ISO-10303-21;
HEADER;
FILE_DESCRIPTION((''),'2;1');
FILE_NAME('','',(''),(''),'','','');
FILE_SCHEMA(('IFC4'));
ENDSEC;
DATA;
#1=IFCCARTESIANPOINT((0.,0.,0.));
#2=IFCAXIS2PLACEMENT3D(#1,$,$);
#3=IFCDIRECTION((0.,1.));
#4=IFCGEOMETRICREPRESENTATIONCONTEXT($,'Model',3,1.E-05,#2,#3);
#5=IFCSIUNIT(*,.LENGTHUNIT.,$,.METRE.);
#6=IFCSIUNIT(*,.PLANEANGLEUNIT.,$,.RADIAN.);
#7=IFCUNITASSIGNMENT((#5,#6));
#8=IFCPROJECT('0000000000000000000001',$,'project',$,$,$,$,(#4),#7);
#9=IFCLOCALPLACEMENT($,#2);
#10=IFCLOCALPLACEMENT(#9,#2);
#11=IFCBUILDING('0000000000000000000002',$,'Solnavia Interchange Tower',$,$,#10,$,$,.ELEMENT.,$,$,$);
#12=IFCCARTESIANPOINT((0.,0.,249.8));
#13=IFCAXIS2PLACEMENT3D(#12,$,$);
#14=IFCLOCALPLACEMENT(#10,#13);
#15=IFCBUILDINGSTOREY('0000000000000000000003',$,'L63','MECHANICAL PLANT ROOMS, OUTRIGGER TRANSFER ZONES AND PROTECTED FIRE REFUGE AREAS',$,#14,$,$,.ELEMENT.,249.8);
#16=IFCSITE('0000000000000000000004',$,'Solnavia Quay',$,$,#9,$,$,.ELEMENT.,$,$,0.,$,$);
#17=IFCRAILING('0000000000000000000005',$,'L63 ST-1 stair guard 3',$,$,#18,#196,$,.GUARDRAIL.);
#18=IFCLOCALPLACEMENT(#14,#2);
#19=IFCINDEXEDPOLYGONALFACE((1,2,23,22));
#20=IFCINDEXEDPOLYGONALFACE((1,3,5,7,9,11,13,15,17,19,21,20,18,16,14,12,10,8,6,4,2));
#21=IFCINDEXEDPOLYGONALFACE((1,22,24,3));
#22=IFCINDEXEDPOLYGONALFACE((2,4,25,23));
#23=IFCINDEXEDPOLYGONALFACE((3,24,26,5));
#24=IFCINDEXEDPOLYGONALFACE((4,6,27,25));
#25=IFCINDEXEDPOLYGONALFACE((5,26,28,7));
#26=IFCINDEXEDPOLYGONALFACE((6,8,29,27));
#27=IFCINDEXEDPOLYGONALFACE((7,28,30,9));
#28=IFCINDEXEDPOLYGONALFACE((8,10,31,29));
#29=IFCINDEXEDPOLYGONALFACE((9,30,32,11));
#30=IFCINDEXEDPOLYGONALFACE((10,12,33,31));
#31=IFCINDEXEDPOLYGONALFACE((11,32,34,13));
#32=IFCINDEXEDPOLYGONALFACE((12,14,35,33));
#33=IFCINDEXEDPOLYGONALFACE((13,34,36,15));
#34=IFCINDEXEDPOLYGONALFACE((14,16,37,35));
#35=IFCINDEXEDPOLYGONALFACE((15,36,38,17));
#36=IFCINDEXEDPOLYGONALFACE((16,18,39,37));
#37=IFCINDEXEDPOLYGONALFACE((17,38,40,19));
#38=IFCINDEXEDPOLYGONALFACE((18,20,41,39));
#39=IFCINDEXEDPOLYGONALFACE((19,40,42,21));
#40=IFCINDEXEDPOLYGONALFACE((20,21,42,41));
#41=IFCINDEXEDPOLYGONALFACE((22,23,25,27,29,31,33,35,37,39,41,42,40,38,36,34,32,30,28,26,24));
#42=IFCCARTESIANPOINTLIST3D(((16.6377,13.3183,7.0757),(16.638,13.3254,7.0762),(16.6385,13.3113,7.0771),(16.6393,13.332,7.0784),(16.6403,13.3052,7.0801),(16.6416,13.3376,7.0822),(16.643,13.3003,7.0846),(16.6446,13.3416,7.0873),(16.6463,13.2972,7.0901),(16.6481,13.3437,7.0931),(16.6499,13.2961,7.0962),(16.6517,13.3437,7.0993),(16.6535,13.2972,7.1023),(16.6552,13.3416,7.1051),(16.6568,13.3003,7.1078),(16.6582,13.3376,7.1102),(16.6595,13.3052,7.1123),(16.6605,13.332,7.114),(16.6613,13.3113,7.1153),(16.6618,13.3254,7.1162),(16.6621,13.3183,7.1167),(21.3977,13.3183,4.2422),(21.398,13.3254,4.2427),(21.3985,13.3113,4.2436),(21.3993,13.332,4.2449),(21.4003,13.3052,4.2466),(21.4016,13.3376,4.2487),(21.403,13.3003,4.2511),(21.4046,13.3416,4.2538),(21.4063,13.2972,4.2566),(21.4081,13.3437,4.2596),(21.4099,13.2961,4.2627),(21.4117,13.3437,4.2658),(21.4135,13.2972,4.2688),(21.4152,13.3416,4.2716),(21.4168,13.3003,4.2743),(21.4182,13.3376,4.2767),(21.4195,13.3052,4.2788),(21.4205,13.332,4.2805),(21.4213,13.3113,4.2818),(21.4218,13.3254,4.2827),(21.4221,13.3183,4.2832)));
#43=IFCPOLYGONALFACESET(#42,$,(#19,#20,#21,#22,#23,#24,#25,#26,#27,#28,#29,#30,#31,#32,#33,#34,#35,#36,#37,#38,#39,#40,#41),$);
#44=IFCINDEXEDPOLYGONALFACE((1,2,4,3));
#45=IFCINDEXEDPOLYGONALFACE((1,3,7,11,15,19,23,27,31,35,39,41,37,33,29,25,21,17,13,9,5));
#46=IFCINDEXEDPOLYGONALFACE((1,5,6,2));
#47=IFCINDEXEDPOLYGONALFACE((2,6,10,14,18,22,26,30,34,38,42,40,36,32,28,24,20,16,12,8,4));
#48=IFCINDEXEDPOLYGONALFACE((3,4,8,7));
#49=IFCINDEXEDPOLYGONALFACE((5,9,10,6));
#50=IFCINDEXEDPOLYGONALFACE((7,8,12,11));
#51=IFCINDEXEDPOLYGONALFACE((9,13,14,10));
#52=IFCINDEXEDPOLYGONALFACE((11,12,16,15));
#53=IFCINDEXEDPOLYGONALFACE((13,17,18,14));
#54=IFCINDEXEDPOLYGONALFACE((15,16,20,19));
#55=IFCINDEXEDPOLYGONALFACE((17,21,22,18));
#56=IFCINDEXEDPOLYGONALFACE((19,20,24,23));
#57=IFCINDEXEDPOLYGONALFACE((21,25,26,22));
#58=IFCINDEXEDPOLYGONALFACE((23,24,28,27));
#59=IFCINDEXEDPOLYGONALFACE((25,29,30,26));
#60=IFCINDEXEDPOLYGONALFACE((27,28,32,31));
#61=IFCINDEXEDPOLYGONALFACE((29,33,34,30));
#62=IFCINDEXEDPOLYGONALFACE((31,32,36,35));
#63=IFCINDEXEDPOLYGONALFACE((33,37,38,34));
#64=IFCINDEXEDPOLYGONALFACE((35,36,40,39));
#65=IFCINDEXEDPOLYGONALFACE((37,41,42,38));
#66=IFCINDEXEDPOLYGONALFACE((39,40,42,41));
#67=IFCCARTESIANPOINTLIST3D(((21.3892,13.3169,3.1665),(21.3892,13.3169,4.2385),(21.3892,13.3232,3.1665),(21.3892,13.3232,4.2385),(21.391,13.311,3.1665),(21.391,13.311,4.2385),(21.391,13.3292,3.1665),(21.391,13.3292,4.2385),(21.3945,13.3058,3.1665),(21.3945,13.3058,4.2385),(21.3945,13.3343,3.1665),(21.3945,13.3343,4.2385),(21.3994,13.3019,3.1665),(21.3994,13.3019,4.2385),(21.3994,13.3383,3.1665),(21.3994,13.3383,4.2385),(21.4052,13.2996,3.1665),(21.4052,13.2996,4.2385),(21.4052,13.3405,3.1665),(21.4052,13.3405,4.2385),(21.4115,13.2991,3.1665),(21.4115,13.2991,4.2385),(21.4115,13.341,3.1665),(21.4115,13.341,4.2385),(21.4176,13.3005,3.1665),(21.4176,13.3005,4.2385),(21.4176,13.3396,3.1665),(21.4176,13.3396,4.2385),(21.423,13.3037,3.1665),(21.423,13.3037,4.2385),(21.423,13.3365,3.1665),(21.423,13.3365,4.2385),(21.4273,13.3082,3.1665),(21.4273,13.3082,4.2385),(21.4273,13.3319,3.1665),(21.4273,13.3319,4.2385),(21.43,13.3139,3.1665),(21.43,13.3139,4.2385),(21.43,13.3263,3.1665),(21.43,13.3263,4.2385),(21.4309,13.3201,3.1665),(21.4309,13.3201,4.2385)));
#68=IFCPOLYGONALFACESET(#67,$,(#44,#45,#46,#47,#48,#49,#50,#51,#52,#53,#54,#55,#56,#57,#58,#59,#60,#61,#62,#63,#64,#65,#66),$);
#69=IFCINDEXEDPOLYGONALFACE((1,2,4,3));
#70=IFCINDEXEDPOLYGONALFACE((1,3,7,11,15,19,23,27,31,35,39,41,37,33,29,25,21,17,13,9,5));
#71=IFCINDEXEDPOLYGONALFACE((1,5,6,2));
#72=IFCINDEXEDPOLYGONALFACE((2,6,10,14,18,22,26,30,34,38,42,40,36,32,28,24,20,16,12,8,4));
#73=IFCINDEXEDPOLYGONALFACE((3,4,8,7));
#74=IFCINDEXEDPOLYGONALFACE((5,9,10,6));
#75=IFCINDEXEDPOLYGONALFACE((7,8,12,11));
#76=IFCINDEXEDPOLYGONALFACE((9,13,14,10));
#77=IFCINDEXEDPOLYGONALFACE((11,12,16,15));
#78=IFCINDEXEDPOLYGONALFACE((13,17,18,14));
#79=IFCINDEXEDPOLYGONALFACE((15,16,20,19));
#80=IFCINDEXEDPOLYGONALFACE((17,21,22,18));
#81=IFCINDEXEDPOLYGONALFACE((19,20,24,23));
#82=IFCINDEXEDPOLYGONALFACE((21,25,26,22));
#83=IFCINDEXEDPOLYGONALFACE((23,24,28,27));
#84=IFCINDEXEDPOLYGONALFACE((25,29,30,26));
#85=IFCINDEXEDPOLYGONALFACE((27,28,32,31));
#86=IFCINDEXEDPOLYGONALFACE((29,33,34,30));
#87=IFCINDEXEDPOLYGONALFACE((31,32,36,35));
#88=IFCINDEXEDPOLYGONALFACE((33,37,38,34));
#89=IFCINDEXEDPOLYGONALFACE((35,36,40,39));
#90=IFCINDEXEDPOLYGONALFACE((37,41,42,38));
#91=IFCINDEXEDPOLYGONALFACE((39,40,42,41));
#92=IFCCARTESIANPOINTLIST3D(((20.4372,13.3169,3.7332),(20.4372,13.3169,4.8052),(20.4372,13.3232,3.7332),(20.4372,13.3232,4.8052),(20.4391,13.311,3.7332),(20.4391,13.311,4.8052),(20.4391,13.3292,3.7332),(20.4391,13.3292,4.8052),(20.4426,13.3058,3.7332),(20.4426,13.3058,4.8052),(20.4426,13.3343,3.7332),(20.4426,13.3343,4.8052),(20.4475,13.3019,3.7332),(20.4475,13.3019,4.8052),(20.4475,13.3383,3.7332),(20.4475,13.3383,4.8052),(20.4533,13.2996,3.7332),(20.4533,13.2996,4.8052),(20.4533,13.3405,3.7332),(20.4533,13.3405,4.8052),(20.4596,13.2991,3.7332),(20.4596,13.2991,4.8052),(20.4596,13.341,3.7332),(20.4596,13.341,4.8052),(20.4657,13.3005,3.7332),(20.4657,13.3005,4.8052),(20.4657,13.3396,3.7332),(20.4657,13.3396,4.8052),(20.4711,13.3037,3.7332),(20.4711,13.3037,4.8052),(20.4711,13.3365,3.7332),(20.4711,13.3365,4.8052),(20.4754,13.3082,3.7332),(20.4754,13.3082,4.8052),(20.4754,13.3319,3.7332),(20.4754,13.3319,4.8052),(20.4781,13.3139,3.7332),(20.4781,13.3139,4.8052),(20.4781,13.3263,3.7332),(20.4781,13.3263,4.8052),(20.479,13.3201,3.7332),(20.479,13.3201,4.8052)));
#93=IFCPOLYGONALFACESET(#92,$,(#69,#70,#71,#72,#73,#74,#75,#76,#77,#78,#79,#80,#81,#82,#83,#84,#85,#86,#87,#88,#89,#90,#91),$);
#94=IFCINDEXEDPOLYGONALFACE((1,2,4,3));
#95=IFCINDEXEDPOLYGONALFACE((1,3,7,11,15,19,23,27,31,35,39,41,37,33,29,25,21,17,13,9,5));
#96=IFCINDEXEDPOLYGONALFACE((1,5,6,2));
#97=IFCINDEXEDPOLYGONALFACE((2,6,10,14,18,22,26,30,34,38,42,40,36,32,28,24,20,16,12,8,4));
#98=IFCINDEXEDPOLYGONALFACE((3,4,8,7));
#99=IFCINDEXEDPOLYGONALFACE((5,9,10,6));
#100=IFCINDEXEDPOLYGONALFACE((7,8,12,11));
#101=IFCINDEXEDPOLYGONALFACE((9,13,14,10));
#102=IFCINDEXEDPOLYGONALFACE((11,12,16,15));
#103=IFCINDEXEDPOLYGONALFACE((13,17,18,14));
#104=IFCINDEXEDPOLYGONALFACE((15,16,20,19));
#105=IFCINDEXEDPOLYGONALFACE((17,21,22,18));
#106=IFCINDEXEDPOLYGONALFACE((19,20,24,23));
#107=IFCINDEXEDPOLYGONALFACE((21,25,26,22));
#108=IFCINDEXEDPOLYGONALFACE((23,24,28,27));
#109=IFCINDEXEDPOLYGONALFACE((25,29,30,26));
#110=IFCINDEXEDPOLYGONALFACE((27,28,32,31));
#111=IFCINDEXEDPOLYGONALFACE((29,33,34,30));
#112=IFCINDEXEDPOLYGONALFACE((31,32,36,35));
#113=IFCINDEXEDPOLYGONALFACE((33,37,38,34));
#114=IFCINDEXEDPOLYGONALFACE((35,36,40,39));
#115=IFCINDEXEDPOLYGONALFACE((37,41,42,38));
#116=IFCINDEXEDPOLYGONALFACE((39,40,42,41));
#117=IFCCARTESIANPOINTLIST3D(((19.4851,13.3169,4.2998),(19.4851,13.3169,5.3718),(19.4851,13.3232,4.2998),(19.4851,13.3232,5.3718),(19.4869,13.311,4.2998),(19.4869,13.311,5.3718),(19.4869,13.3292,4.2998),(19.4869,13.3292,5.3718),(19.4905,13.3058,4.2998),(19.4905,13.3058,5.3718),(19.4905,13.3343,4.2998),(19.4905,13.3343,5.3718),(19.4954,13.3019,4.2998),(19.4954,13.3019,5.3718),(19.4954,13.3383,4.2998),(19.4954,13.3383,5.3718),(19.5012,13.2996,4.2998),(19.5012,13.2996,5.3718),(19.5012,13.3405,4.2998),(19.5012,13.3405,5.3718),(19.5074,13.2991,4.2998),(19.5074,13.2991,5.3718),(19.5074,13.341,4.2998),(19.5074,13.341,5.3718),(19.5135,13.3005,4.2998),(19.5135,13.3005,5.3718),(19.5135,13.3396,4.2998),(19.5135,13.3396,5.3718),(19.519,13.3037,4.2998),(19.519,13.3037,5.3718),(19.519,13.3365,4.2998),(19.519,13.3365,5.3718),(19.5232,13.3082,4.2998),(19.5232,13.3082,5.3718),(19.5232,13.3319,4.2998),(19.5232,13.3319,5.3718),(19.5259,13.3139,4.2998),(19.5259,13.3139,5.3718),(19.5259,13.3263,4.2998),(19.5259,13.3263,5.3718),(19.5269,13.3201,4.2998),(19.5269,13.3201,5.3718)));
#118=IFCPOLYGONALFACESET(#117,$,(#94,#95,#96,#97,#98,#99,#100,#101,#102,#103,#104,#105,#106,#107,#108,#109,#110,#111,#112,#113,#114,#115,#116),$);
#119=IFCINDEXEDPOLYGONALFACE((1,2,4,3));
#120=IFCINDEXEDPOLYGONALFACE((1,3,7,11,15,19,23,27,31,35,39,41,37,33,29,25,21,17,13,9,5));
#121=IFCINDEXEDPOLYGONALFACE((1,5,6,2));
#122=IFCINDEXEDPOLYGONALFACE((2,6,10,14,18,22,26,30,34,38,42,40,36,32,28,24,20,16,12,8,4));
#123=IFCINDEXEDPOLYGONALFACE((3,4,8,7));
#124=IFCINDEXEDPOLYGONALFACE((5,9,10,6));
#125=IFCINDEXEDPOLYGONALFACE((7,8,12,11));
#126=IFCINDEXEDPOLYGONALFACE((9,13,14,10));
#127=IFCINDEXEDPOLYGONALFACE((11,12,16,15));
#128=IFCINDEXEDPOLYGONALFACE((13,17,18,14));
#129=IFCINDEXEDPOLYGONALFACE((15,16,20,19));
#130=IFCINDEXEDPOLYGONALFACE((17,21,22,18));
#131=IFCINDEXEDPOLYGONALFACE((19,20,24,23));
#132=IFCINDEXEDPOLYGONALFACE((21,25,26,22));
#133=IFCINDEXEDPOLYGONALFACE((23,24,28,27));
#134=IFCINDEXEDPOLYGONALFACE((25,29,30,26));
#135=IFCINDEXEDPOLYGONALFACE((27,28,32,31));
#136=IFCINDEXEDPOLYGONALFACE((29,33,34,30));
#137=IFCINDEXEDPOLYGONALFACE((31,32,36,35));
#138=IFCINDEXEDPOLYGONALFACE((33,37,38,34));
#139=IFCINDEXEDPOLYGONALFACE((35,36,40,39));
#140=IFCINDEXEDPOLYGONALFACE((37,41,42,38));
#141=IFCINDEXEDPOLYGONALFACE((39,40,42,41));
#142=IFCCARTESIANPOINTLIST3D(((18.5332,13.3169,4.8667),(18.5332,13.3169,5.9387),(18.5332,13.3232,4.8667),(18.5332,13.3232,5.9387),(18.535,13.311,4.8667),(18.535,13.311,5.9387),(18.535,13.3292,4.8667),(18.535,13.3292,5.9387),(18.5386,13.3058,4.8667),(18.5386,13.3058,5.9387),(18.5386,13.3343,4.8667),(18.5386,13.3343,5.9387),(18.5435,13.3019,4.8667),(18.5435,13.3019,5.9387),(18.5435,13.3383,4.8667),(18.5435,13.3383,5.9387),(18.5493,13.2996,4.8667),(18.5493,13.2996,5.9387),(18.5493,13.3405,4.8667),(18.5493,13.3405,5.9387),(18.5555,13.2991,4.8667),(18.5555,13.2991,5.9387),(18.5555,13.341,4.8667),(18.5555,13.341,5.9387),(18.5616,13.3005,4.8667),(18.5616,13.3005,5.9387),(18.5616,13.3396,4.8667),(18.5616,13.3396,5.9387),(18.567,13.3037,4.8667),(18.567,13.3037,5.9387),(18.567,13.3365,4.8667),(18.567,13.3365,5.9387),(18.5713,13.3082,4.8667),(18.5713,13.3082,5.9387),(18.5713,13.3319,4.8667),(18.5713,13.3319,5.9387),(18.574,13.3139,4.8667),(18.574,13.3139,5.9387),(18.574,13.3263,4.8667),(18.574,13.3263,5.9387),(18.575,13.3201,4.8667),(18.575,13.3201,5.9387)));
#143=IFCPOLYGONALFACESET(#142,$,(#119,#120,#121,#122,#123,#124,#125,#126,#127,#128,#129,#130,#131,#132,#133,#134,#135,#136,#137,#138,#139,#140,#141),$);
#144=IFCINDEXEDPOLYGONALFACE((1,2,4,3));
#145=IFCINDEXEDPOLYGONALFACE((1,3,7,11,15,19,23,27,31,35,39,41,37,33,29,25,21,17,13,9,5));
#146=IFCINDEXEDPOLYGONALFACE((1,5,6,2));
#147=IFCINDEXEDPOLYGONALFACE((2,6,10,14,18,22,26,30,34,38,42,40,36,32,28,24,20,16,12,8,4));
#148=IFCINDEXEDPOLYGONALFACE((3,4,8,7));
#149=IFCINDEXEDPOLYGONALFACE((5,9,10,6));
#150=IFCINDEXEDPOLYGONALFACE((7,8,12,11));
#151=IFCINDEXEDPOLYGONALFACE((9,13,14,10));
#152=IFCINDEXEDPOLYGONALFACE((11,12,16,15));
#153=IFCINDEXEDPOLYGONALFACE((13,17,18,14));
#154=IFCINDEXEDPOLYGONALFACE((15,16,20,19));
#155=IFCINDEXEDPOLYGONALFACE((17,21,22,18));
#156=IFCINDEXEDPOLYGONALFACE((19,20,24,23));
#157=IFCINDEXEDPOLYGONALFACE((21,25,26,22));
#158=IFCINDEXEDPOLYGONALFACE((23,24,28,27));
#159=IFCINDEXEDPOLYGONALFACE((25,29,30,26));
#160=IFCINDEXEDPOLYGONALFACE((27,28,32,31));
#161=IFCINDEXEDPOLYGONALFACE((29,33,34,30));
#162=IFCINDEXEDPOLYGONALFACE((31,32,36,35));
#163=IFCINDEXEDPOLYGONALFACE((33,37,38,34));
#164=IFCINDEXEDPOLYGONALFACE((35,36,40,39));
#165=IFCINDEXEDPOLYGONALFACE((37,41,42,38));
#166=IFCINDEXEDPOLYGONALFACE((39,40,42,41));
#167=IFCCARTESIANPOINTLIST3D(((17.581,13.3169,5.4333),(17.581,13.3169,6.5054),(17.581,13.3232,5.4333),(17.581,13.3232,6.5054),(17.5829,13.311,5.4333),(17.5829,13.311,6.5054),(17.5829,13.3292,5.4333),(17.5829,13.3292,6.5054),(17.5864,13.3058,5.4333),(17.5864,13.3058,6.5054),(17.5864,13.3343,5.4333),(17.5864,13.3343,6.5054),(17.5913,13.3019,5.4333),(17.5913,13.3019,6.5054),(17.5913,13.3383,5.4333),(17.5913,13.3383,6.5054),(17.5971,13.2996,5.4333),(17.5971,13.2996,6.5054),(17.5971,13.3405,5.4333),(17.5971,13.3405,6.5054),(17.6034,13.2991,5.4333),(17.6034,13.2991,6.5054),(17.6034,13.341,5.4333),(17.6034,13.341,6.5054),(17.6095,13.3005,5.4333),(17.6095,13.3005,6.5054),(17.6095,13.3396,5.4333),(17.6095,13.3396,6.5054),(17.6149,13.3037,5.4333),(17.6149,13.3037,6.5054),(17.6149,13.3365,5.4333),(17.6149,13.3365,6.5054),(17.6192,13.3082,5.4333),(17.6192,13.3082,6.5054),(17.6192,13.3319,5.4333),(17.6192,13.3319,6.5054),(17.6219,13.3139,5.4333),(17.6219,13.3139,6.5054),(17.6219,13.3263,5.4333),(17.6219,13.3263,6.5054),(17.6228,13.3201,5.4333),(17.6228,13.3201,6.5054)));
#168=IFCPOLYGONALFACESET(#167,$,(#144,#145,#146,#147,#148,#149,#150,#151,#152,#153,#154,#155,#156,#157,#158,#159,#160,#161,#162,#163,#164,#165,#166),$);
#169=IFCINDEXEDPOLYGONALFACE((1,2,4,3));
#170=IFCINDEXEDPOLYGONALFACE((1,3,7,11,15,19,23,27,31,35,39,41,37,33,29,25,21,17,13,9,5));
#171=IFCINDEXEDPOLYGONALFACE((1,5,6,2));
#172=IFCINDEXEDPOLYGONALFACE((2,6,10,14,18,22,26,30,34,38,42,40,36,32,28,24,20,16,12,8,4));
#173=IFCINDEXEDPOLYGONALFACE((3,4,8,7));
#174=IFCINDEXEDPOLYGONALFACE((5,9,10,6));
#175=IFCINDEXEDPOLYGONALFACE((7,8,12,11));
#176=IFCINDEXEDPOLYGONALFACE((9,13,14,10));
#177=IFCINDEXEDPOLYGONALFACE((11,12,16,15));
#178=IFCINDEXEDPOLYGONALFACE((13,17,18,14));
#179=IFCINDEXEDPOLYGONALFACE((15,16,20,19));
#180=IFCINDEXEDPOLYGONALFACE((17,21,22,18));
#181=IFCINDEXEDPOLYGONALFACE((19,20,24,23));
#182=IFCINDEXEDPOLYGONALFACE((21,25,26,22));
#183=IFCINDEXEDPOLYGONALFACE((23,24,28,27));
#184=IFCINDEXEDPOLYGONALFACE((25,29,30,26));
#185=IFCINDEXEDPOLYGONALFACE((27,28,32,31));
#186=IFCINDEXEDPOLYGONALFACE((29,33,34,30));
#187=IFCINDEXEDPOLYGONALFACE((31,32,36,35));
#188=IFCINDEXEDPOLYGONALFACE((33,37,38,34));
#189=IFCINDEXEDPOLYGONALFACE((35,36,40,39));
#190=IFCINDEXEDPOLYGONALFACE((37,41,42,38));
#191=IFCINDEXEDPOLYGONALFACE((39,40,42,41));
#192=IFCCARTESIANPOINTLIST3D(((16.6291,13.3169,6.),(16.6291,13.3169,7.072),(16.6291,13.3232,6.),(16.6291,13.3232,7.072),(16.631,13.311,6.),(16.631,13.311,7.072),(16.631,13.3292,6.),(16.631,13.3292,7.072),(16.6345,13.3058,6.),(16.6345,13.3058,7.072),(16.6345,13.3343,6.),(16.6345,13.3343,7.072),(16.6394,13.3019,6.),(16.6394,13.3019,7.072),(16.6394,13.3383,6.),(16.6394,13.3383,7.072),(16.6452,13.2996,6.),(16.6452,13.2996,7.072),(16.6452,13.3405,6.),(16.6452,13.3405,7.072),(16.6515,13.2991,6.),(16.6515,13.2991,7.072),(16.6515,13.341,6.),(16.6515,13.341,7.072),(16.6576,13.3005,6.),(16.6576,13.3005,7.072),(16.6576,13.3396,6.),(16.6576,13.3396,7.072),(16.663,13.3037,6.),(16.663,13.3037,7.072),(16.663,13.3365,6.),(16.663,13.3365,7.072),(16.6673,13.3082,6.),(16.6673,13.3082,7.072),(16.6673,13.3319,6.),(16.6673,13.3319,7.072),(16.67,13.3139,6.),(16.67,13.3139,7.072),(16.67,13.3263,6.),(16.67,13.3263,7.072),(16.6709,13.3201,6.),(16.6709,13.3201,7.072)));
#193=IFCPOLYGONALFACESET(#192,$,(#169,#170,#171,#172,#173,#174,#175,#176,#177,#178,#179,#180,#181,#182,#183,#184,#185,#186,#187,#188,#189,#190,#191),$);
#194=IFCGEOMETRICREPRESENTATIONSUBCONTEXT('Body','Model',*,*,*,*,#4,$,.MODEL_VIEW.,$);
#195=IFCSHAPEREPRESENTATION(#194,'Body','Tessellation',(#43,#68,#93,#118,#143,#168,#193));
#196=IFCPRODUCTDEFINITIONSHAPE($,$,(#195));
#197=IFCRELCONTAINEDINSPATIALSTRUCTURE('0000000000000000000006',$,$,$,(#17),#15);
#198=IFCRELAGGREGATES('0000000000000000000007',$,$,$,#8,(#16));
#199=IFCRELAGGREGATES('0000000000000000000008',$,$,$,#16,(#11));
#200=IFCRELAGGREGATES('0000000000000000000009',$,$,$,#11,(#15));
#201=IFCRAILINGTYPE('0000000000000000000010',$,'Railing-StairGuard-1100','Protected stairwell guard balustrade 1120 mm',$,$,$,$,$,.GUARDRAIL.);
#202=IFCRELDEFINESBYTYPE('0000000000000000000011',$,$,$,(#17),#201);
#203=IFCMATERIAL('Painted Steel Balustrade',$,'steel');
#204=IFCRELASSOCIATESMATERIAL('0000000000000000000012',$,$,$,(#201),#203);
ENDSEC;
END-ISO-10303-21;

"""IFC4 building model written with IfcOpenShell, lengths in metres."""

from ifc_helpers import new_model, si_unit, direction, frame, origin, origin_2d, place, context, subcontext, project, spatial, circle, extrude, material, type_object, element, save


model = new_model("IFC4")

# Units and contexts
model_context = context("Model", 3, precision=1e-05, world=origin(), true_north=direction((0.0, 1.0)))
body_context = subcontext(model_context, "Body", "Model", "MODEL_VIEW")
ifc_project = project(units=[si_unit("LENGTHUNIT", "METRE"), si_unit("PLANEANGLEUNIT", "RADIAN")], contexts=[model_context])

# Site, building, storey
site_placement = place(None, origin())
site = spatial("IfcSite", under=ifc_project, at=site_placement, Name="Solnavia Quay", CompositionType="ELEMENT", RefElevation=0.0)
building_placement = place(site_placement, origin())
building = spatial("IfcBuilding", under=site, at=building_placement, Name="Solnavia Interchange Tower", CompositionType="ELEMENT")
storey_placement = place(building_placement, frame((0.0, 0.0, 249.8)))
storey = spatial("IfcBuildingStorey", under=building, at=storey_placement, Name="L63", Description="MECHANICAL PLANT ROOMS, OUTRIGGER TRANSFER ZONES AND PROTECTED FIRE REFUGE AREAS", CompositionType="ELEMENT", Elevation=249.8)

# Railing
ifc_material_1 = material(Name="Painted Steel Balustrade", Category="steel")
railing_type_1 = type_object("IfcRailingType", Name="Railing-StairGuard-1100", Description="Protected stairwell guard balustrade 1120 mm", PredefinedType="GUARDRAIL", material=ifc_material_1)
railing_1_placement = place(storey_placement, frame((21.4099, 13.3201, 3.1665)))
element("IfcRailing", 1, at=railing_1_placement, inside=storey, type_object=railing_type_1, Name="L63 ST-1 stair guard 3", PredefinedType="GUARDRAIL", context=body_context, shape_type="SweptSolid", body=[
    extrude(circle(Radius=0.0239, at=origin_2d()), frame((0.0, 0.0, 1.0962), z_axis=(-0.85928, 0.0, 0.511505), x_axis=(0.0, -1.0, 0.0)), (0.0, 0.0, 1.0), 5.5396),
    extrude(circle(Radius=0.021, at=origin_2d()), origin(), (0.0, 0.0, 1.0), 1.072),
    extrude(circle(Radius=0.021, at=origin_2d()), frame((-0.9519, 0.0, 0.5667)), (0.0, 0.0, 1.0), 1.072),
    extrude(circle(Radius=0.021, at=origin_2d()), frame((-1.9041, 0.0, 1.1333)), (0.0, 0.0, 1.0), 1.072),
    extrude(circle(Radius=0.021, at=origin_2d()), frame((-2.856, 0.0, 1.7002)), (0.0, 0.0, 1.0), 1.072),
    extrude(circle(Radius=0.021, at=origin_2d()), frame((-3.8081, 0.0, 2.2668)), (0.0, 0.0, 1.0), 1.072),
    extrude(circle(Radius=0.021, at=origin_2d()), frame((-4.76, 0.0, 2.8335)), (0.0, 0.0, 1.0), 1.072),
])

save(model, "model.ifc")
